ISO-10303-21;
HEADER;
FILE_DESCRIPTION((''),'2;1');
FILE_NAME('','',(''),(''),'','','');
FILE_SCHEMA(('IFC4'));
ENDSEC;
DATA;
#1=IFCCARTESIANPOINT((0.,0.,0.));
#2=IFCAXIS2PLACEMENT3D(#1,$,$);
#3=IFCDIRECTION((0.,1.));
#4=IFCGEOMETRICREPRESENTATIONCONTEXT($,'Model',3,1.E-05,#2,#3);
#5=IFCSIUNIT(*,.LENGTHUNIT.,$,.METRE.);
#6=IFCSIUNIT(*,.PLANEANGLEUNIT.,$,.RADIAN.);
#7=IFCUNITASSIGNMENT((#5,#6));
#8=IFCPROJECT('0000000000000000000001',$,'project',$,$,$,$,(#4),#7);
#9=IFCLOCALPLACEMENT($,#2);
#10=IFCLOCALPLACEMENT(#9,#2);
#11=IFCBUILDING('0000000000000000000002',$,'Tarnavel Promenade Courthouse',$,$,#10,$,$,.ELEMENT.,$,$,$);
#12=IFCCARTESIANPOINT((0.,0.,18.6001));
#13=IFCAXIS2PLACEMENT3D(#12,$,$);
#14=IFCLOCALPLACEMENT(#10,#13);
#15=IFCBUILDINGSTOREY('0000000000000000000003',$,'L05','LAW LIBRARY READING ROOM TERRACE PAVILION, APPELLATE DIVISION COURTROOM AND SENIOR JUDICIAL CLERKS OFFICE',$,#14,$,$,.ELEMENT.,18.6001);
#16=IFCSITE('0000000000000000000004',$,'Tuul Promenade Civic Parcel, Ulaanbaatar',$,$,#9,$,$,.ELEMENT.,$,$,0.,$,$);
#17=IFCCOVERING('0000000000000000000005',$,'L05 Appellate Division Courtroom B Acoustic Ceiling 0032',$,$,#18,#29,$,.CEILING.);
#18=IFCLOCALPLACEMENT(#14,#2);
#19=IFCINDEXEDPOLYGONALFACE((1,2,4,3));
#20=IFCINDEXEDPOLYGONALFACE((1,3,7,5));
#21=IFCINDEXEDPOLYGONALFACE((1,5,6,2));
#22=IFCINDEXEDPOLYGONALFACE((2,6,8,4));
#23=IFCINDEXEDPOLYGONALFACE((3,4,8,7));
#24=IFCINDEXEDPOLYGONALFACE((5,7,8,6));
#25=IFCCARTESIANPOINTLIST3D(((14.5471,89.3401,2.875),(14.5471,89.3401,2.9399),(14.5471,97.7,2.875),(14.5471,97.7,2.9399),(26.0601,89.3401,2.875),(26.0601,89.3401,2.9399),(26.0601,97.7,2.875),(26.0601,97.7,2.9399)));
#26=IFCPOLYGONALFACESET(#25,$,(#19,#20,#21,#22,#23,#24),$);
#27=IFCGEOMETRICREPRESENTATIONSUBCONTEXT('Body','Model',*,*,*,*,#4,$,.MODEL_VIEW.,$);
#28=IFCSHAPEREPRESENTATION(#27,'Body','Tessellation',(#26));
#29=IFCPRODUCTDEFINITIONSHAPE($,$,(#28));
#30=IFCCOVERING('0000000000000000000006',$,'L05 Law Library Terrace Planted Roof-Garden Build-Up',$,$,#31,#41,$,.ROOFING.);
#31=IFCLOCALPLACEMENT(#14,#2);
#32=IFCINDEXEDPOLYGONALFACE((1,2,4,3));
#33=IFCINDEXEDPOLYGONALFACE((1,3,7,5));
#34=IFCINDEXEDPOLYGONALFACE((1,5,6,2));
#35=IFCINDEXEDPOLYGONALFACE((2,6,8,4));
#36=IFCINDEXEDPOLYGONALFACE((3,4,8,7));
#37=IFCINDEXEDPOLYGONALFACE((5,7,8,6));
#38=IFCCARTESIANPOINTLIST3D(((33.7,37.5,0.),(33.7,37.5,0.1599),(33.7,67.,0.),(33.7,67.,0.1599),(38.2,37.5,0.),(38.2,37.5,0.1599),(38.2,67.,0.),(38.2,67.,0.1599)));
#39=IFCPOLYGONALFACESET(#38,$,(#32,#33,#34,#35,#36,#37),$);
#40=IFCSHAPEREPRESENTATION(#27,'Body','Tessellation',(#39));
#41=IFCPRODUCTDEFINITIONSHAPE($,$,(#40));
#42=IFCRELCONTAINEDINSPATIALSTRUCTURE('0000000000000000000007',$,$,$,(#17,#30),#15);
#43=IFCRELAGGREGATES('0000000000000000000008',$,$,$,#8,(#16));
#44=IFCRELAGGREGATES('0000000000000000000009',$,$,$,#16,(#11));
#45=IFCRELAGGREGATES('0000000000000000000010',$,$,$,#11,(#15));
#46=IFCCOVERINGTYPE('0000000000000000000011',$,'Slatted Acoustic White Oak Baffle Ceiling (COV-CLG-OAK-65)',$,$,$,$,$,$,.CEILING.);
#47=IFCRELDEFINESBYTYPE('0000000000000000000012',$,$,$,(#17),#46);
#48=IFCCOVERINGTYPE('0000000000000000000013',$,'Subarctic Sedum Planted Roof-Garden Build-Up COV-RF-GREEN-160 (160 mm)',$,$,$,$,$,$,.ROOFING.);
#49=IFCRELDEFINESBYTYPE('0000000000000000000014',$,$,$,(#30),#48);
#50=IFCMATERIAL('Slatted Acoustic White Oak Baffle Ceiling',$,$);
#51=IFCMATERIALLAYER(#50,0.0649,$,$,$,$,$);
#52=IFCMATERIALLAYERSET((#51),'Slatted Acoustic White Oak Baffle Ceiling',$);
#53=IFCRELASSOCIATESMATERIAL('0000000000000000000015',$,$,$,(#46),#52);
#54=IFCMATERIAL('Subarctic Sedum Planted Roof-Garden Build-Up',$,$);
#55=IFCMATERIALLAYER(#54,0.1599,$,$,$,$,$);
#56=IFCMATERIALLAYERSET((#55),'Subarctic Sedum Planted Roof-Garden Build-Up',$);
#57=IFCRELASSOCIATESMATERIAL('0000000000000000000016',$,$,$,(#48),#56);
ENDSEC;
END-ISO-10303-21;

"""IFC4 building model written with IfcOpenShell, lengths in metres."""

from ifc_helpers import new_model, si_unit, direction, frame, origin, place, context, subcontext, project, spatial, polyline, outline, extrude, material, layer, layer_set, type_object, element, save


model = new_model("IFC4")

# Units and contexts
model_context = context("Model", 3, precision=1e-05, world=origin(), true_north=direction((0.0, 1.0)))
body_context = subcontext(model_context, "Body", "Model", "MODEL_VIEW")
ifc_project = project(units=[si_unit("LENGTHUNIT", "METRE"), si_unit("PLANEANGLEUNIT", "RADIAN")], contexts=[model_context])

# Site, building, storey
site_placement = place(None, origin())
site = spatial("IfcSite", under=ifc_project, at=site_placement, Name="Tuul Promenade Civic Parcel, Ulaanbaatar", CompositionType="ELEMENT", RefElevation=0.0)
building_placement = place(site_placement, origin())
building = spatial("IfcBuilding", under=site, at=building_placement, Name="Tarnavel Promenade Courthouse", CompositionType="ELEMENT")
storey_placement = place(building_placement, frame((0.0, 0.0, 18.6001)))
storey = spatial("IfcBuildingStorey", under=building, at=storey_placement, Name="L05", Description="LAW LIBRARY READING ROOM TERRACE PAVILION, APPELLATE DIVISION COURTROOM AND SENIOR JUDICIAL CLERKS OFFICE", CompositionType="ELEMENT", Elevation=18.6001)

# Coverings
ifc_material_1 = material(Name="Slatted Acoustic White Oak Baffle Ceiling")
ifc_layer_1 = layer(ifc_material_1, 0.0649)
ifc_layer_set_1 = layer_set([ifc_layer_1], Name="Slatted Acoustic White Oak Baffle Ceiling")
covering_type_1 = type_object("IfcCoveringType", Name="Slatted Acoustic White Oak Baffle Ceiling (COV-CLG-OAK-65)", PredefinedType="CEILING", material=ifc_layer_set_1)
covering_1_placement = place(storey_placement, frame((0.0, 0.0, 2.875)))
element("IfcCovering", 1, at=covering_1_placement, inside=storey, type_object=covering_type_1, Name="L05 Appellate Division Courtroom B Acoustic Ceiling 0032", PredefinedType="CEILING", context=body_context, shape_type="SweptSolid", body=[
    extrude(outline(polyline([(14.5471, 89.3401), (26.0601, 89.3401), (26.0601, 97.7), (14.5471, 97.7), (14.5471, 89.3401)])), origin(), (0.0, 0.0, 1.0), 0.0649),
])
ifc_material_2 = material(Name="Subarctic Sedum Planted Roof-Garden Build-Up")
ifc_layer_2 = layer(ifc_material_2, 0.1599)
ifc_layer_set_2 = layer_set([ifc_layer_2], Name="Subarctic Sedum Planted Roof-Garden Build-Up")
covering_type_2 = type_object("IfcCoveringType", Name="Subarctic Sedum Planted Roof-Garden Build-Up COV-RF-GREEN-160 (160 mm)", PredefinedType="ROOFING", material=ifc_layer_set_2)
covering_2_placement = place(storey_placement, origin())
element("IfcCovering", 2, at=covering_2_placement, inside=storey, type_object=covering_type_2, Name="L05 Law Library Terrace Planted Roof-Garden Build-Up", PredefinedType="ROOFING", context=body_context, shape_type="SweptSolid", body=[
    extrude(outline(polyline([(33.7, 37.5), (38.2, 37.5), (38.2, 67.0), (33.7, 67.0), (33.7, 37.5)])), origin(), (0.0, 0.0, 1.0), 0.1599),
])

save(model, "model.ifc")
